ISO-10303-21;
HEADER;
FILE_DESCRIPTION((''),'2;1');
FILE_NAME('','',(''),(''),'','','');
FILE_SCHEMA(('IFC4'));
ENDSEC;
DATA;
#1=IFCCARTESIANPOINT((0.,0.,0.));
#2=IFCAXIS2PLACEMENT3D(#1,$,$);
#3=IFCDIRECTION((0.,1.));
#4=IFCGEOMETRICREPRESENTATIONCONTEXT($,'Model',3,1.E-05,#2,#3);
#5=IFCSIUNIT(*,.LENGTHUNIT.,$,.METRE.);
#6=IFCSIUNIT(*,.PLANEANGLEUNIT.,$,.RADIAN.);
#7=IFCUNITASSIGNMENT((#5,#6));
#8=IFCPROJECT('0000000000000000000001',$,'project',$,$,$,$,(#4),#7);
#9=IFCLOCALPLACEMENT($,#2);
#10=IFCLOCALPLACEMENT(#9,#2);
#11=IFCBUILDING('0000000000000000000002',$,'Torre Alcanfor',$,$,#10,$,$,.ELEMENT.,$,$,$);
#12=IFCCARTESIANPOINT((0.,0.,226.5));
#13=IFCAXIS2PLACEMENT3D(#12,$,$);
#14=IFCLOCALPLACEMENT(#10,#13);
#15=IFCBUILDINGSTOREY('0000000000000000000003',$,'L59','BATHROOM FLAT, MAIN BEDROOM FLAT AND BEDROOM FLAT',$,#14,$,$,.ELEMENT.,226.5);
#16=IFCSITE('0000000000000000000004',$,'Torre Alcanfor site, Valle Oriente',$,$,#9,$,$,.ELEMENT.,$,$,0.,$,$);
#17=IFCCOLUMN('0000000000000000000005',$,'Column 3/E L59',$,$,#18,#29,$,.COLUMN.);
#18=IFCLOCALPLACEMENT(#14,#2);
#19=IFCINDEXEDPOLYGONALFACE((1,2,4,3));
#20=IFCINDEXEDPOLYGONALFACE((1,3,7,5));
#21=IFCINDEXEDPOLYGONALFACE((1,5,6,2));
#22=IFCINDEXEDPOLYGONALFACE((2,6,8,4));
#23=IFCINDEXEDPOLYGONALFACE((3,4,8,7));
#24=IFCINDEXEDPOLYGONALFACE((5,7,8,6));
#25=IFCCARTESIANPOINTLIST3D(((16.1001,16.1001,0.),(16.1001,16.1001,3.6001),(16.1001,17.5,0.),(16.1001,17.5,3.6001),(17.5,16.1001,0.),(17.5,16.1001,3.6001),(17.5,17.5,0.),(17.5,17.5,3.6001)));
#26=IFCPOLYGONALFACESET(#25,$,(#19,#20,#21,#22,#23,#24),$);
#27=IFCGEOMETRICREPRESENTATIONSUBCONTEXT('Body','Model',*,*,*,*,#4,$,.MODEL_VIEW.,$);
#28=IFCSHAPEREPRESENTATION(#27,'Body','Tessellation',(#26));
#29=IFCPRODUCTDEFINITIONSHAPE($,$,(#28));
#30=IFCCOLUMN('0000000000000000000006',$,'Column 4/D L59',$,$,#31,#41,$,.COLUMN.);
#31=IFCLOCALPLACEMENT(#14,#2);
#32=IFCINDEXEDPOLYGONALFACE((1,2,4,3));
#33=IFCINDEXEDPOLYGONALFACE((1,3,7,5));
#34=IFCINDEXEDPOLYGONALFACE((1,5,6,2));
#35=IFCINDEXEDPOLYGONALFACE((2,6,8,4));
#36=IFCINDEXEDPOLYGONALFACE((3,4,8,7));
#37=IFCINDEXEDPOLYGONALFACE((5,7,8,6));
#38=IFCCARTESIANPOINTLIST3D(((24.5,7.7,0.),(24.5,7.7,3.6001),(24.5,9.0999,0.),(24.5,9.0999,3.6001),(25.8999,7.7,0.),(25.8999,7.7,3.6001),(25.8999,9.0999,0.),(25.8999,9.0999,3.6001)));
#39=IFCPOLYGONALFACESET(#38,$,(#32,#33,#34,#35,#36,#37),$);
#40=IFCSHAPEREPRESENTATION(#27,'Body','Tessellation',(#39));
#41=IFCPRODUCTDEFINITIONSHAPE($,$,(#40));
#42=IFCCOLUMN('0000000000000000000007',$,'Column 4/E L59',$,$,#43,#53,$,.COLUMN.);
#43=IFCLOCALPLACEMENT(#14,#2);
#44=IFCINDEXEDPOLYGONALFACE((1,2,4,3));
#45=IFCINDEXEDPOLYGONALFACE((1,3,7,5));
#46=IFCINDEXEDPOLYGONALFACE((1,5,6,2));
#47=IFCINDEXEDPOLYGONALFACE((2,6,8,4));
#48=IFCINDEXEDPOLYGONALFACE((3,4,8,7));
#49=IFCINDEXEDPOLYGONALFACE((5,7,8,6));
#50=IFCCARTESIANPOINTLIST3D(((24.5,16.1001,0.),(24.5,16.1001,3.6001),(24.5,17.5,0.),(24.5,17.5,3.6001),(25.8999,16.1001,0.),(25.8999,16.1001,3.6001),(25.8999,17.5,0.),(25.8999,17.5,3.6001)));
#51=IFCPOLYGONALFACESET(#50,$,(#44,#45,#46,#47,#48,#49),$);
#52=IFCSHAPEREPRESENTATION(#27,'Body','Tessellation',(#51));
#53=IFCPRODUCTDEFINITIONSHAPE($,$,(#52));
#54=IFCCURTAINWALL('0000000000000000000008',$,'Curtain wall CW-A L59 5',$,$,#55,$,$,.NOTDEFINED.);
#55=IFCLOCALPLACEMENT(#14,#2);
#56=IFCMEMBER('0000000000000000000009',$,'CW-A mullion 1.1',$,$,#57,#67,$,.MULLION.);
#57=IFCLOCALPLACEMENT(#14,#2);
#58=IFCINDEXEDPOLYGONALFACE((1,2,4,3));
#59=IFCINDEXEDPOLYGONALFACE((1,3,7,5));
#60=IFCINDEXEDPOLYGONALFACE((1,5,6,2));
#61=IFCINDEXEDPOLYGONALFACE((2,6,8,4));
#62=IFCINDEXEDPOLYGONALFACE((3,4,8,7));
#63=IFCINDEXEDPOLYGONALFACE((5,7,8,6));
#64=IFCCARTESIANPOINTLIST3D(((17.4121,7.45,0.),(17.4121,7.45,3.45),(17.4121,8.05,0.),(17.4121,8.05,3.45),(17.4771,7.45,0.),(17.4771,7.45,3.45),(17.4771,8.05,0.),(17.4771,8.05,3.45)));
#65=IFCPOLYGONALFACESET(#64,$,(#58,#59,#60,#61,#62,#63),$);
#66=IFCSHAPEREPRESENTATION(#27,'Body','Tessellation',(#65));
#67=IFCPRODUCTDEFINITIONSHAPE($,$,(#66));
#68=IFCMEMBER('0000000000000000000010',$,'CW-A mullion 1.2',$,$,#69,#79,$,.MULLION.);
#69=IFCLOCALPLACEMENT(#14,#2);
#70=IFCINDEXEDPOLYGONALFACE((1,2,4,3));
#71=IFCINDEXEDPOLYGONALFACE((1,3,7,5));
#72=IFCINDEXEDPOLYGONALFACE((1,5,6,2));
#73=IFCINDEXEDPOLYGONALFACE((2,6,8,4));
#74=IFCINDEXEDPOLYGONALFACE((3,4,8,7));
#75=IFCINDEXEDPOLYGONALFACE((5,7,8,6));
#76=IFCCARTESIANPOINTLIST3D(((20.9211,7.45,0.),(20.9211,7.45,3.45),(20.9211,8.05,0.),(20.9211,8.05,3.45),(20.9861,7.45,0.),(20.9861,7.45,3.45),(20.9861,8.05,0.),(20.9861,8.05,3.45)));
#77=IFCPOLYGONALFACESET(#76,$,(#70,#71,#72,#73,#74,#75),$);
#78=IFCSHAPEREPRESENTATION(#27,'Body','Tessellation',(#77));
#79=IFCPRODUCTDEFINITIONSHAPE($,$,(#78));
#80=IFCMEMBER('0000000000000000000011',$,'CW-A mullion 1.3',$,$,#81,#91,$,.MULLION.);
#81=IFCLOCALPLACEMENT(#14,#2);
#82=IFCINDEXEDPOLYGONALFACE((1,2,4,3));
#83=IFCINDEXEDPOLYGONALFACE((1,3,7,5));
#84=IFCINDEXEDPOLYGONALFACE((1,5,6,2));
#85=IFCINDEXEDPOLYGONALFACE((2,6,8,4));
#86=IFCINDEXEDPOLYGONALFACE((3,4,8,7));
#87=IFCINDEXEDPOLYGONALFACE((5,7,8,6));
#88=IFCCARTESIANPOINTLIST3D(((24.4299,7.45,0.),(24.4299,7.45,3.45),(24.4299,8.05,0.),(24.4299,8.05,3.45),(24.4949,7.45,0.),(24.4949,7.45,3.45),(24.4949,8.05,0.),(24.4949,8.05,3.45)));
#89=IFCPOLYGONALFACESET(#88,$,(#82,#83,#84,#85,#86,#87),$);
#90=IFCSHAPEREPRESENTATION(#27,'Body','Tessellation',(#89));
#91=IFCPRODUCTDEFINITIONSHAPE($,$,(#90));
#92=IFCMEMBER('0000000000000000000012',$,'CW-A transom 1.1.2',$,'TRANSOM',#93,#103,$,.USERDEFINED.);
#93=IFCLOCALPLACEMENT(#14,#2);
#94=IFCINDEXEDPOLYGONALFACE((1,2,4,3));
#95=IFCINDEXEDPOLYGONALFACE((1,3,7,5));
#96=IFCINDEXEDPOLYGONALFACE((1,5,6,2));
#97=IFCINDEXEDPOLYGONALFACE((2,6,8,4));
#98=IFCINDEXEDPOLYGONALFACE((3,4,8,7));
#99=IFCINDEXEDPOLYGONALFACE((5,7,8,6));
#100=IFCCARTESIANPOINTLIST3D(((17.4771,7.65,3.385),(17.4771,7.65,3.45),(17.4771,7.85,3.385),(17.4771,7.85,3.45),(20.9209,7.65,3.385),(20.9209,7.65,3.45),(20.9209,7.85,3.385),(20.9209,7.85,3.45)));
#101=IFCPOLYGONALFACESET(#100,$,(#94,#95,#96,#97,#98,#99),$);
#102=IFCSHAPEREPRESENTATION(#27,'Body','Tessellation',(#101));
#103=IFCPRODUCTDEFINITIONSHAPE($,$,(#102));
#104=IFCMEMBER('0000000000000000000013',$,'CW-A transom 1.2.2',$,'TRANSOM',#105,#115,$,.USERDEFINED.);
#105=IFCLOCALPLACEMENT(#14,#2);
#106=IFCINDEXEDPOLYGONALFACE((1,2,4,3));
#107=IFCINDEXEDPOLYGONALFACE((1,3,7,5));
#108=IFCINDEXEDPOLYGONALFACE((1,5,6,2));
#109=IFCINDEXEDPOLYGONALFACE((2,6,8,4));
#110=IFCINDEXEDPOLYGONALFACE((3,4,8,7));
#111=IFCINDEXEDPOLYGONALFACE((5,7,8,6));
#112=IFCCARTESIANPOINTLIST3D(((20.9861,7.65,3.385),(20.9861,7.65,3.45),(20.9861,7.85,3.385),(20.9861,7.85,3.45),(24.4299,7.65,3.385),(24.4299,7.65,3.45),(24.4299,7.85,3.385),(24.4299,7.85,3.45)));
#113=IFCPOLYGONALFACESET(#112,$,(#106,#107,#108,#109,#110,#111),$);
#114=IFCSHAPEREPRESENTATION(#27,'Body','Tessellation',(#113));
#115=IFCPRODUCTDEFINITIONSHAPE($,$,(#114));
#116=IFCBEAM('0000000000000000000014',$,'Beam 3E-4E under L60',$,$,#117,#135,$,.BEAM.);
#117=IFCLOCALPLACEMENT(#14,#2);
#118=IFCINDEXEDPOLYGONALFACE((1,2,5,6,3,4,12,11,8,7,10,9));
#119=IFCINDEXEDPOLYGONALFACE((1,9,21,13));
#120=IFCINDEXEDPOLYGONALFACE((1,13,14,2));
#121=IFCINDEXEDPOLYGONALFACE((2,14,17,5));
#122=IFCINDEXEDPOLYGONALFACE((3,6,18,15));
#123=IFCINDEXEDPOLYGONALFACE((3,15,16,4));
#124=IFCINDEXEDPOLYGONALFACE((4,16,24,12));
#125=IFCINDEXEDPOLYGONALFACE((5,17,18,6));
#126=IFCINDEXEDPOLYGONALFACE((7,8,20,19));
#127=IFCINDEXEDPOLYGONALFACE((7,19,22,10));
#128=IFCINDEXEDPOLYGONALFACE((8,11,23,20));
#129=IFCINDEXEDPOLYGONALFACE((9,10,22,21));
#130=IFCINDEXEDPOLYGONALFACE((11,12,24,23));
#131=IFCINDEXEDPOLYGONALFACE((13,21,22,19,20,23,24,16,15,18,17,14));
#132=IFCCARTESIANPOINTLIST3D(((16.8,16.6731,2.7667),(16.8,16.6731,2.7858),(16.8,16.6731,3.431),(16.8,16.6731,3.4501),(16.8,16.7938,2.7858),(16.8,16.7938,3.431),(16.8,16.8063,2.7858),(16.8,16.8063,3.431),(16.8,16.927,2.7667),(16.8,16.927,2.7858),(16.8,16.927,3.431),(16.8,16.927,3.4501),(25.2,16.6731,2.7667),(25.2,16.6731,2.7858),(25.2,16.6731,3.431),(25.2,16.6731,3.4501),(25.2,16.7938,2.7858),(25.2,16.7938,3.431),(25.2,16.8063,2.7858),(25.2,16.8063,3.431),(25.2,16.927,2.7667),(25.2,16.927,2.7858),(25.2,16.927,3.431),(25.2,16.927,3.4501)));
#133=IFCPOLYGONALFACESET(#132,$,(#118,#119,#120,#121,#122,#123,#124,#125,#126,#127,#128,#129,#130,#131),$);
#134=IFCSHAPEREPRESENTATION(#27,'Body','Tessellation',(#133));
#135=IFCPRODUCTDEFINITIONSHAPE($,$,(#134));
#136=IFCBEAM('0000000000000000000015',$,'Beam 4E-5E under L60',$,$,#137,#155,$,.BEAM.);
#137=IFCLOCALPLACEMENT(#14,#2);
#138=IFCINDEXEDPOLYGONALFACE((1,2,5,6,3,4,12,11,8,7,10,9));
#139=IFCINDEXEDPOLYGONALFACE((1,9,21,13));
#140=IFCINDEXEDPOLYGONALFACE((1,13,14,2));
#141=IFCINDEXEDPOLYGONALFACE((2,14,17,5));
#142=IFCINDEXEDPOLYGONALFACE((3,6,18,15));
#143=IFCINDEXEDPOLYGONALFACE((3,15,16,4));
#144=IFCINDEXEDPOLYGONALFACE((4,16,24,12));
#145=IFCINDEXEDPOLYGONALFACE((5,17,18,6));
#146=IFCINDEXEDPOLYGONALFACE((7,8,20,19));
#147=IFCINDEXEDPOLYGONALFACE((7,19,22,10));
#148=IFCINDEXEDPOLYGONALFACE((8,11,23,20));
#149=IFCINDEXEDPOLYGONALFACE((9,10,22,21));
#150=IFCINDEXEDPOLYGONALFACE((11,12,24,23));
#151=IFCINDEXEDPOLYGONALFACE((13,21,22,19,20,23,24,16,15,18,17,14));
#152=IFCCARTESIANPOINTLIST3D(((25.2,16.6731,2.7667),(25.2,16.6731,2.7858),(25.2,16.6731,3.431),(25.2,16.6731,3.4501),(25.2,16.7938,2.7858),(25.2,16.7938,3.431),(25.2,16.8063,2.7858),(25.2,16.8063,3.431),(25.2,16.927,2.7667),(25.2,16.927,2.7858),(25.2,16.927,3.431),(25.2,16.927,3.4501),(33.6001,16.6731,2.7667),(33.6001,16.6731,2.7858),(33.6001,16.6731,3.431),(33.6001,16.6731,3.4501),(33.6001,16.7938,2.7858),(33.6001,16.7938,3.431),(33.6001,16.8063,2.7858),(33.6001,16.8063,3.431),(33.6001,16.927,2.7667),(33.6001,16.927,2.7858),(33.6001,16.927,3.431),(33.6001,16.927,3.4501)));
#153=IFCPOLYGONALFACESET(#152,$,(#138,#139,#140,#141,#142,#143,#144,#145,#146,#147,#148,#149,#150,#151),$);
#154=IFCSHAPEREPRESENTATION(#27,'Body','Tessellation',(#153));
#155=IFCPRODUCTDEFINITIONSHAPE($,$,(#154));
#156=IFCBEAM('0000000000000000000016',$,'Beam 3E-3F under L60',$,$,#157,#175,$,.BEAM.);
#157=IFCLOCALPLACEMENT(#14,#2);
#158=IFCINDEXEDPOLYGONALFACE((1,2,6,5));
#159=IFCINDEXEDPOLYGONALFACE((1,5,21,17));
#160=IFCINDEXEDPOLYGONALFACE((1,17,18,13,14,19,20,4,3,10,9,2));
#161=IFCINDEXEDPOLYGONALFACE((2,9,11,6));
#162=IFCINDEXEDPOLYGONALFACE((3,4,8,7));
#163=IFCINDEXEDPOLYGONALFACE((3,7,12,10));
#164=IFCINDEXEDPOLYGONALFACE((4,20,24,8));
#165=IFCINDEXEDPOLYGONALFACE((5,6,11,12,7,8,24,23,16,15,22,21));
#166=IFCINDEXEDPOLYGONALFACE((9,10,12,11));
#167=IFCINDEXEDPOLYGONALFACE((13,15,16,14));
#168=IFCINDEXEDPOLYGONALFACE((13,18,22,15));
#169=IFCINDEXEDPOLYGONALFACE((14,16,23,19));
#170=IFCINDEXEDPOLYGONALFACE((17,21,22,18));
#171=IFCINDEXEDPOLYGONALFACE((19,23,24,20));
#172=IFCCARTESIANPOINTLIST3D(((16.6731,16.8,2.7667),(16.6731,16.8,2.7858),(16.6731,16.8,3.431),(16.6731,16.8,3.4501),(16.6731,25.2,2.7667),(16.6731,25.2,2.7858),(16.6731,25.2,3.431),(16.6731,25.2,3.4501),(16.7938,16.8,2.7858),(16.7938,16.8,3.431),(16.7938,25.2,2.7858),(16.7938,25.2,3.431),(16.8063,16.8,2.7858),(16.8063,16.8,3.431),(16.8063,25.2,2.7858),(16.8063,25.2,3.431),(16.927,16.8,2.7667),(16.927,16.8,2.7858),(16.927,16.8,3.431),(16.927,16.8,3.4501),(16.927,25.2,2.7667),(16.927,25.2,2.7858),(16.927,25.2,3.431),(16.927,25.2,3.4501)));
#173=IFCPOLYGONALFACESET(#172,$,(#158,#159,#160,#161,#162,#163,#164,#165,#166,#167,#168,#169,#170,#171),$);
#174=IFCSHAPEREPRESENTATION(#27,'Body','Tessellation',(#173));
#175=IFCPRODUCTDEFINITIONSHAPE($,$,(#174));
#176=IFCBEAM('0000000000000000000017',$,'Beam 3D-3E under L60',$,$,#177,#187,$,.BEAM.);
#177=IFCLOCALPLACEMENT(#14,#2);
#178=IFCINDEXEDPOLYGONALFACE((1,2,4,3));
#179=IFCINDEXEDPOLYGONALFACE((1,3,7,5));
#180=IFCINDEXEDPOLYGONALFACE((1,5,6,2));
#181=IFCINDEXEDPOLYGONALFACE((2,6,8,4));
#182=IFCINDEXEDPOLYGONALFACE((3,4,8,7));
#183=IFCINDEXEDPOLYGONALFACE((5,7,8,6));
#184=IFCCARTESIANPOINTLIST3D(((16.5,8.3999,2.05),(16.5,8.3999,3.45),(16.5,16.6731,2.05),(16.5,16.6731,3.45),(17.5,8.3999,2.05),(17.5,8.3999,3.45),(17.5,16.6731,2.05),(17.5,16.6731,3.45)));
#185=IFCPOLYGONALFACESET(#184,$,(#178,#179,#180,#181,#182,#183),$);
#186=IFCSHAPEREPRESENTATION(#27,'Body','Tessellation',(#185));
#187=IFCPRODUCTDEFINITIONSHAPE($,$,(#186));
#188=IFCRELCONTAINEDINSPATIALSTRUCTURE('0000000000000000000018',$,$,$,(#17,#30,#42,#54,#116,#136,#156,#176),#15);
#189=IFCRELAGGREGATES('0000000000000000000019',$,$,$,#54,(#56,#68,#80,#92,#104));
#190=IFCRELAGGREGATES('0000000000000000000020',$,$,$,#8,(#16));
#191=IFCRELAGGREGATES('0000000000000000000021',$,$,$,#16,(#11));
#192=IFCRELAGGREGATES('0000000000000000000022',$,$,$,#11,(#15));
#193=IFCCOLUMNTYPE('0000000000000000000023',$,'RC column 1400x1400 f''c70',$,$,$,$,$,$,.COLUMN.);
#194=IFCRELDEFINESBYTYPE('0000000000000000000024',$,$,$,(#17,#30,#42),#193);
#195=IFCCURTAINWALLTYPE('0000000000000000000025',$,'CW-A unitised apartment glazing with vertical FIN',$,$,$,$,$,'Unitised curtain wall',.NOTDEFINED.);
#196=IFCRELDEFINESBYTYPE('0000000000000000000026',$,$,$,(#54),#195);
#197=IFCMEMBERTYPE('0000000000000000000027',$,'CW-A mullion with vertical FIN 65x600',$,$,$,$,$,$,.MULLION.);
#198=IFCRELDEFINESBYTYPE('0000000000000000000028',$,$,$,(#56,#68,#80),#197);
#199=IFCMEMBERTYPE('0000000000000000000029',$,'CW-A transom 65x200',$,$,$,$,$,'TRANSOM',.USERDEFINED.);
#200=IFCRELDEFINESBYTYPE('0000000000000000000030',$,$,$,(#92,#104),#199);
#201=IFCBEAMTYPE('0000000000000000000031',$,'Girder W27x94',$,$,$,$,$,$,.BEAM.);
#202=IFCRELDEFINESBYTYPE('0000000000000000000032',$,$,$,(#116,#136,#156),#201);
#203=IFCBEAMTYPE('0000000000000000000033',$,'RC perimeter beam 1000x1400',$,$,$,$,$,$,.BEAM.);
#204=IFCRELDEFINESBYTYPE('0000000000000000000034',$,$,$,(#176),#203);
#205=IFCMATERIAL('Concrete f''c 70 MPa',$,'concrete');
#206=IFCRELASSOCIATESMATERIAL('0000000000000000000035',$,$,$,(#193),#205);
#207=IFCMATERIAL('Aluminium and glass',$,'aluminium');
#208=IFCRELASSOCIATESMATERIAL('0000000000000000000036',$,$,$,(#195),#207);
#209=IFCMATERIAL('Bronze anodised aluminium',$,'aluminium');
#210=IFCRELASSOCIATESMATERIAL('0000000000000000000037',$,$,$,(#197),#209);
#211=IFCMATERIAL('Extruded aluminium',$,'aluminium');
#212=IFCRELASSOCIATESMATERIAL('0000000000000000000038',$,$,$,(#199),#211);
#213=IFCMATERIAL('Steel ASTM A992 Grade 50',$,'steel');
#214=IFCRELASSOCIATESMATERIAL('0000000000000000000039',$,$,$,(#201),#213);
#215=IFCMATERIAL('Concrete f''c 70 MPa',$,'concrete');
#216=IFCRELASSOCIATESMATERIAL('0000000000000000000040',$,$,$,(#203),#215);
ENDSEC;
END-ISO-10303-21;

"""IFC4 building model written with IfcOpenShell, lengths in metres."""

from ifc_helpers import new_model, si_unit, direction, frame, origin, origin_2d, place, context, subcontext, project, spatial, rectangle, i_section, extrude, material, material_profile, profile_set, type_object, element, aggregate, save


model = new_model("IFC4")

# Units and contexts
model_context = context("Model", 3, precision=1e-05, world=origin(), true_north=direction((0.0, 1.0)))
body_context = subcontext(model_context, "Body", "Model", "MODEL_VIEW")
ifc_project = project(units=[si_unit("LENGTHUNIT", "METRE"), si_unit("PLANEANGLEUNIT", "RADIAN")], contexts=[model_context])

# Site, building, storey
site_placement = place(None, origin())
site = spatial("IfcSite", under=ifc_project, at=site_placement, Name="Torre Alcanfor site, Valle Oriente", CompositionType="ELEMENT", RefElevation=0.0)
building_placement = place(site_placement, origin())
building = spatial("IfcBuilding", under=site, at=building_placement, Name="Torre Alcanfor", CompositionType="ELEMENT")
storey_placement = place(building_placement, frame((0.0, 0.0, 226.5)))
storey = spatial("IfcBuildingStorey", under=building, at=storey_placement, Name="L59", Description="BATHROOM FLAT, MAIN BEDROOM FLAT AND BEDROOM FLAT", CompositionType="ELEMENT", Elevation=226.5)

# Columns
ifc_material_1 = material(Name="Concrete f'c 70 MPa", Category="concrete")
ifc_material_profile_1 = material_profile(ifc_material_1, rectangle(XDim=1.3999, YDim=1.3999, at=origin_2d()), Name="1400x1400")
ifc_profile_set_1 = profile_set([ifc_material_profile_1], Name="Concrete f'c 70 MPa")
column_type = type_object("IfcColumnType", Name="RC column 1400x1400 f'c70", PredefinedType="COLUMN", material=ifc_profile_set_1)
for number, where, z_axis, x_axis, name in (
    (1, (16.8, 16.8, 0.0), (0.0, 0.0, 1.0), (1.0, 0.0, 0.0), "Column 3/E L59"),
    (2, (25.2, 8.3999, 0.0), (0.0, 0.0, 1.0), (1.0, 0.0, 0.0), "Column 4/D L59"),
    (3, (25.2, 16.8, 0.0), (0.0, 0.0, 1.0), (1.0, 0.0, 0.0), "Column 4/E L59"),
):
    element("IfcColumn", number, at=place(storey_placement, frame(where, z_axis=z_axis, x_axis=x_axis)), inside=storey, type_object=column_type, Name=name, PredefinedType="COLUMN", context=body_context, shape_type="SweptSolid", body=[
        extrude(rectangle(XDim=1.3999, YDim=1.3999, at=origin_2d()), origin(), (0.0, 0.0, 1.0), 3.6001),
    ])

# Curtain wall, members
ifc_material_2 = material(Name="Aluminium and glass", Category="aluminium")
curtain_wall_type = type_object("IfcCurtainWallType", Name="CW-A unitised apartment glazing with vertical FIN", ElementType="Unitised curtain wall", PredefinedType="NOTDEFINED", material=ifc_material_2)
curtain_wall_placement = place(storey_placement, origin())
curtain_wall = element("IfcCurtainWall", 4, at=curtain_wall_placement, inside=storey, type_object=curtain_wall_type, Name="Curtain wall CW-A L59 5", PredefinedType="NOTDEFINED")
ifc_material_3 = material(Name="Bronze anodised aluminium", Category="aluminium")
ifc_material_profile_2 = material_profile(ifc_material_3, rectangle(XDim=0.6001, YDim=0.0649, at=origin_2d()), Name="CW-A mullion 65x600")
ifc_profile_set_2 = profile_set([ifc_material_profile_2], Name="Bronze anodised aluminium")
member_type_1 = type_object("IfcMemberType", Name="CW-A mullion with vertical FIN 65x600", PredefinedType="MULLION", material=ifc_profile_set_2)
member_1_placement = place(storey_placement, frame((17.4446, 7.75, 0.0), z_axis=(0.0, 0.0, 1.0), x_axis=(0.0, 1.0, 0.0)))
member_1 = element("IfcMember", 5, at=member_1_placement, type_object=member_type_1, Name="CW-A mullion 1.1", PredefinedType="MULLION", context=body_context, shape_type="SweptSolid", body=[
    extrude(rectangle(XDim=0.6001, YDim=0.0649, at=origin_2d()), origin(), (0.0, 0.0, 1.0), 3.45),
])
member_2_placement = place(storey_placement, frame((20.9536, 7.75, 0.0), z_axis=(0.0, 0.0, 1.0), x_axis=(0.0, 1.0, 0.0)))
member_2 = element("IfcMember", 6, at=member_2_placement, type_object=member_type_1, Name="CW-A mullion 1.2", PredefinedType="MULLION", context=body_context, shape_type="SweptSolid", body=[
    extrude(rectangle(XDim=0.6001, YDim=0.0649, at=origin_2d()), origin(), (0.0, 0.0, 1.0), 3.45),
])
member_3_placement = place(storey_placement, frame((24.4624, 7.75, 0.0), z_axis=(0.0, 0.0, 1.0), x_axis=(0.0, 1.0, 0.0)))
member_3 = element("IfcMember", 7, at=member_3_placement, type_object=member_type_1, Name="CW-A mullion 1.3", PredefinedType="MULLION", context=body_context, shape_type="SweptSolid", body=[
    extrude(rectangle(XDim=0.6001, YDim=0.0649, at=origin_2d()), origin(), (0.0, 0.0, 1.0), 3.45),
])
ifc_material_4 = material(Name="Extruded aluminium", Category="aluminium")
ifc_material_profile_3 = material_profile(ifc_material_4, rectangle(XDim=0.2, YDim=0.0649, at=origin_2d()), Name="CW-A transom 200x65")
ifc_profile_set_3 = profile_set([ifc_material_profile_3], Name="Extruded aluminium")
member_type_2 = type_object("IfcMemberType", Name="CW-A transom 65x200", ElementType="TRANSOM", PredefinedType="USERDEFINED", material=ifc_profile_set_3)
member_4_placement = place(storey_placement, frame((17.4771, 7.75, 3.4175), z_axis=(1.0, 0.0, 0.0), x_axis=(0.0, 1.0, 0.0)))
member_4 = element("IfcMember", 8, at=member_4_placement, type_object=member_type_2, Name="CW-A transom 1.1.2", ObjectType="TRANSOM", PredefinedType="USERDEFINED", context=body_context, shape_type="SweptSolid", body=[
    extrude(rectangle(XDim=0.2, YDim=0.0649, at=origin_2d()), origin(), (0.0, 0.0, 1.0), 3.4438),
])
member_5_placement = place(storey_placement, frame((20.9861, 7.75, 3.4175), z_axis=(1.0, 0.0, 0.0), x_axis=(0.0, 1.0, 0.0)))
member_5 = element("IfcMember", 9, at=member_5_placement, type_object=member_type_2, Name="CW-A transom 1.2.2", ObjectType="TRANSOM", PredefinedType="USERDEFINED", context=body_context, shape_type="SweptSolid", body=[
    extrude(rectangle(XDim=0.2, YDim=0.0649, at=origin_2d()), origin(), (0.0, 0.0, 1.0), 3.4438),
])

# Beams
ifc_material_5 = material(Name="Steel ASTM A992 Grade 50", Category="steel")
ifc_material_profile_4 = material_profile(ifc_material_5, i_section(OverallWidth=0.2539, OverallDepth=0.6833, WebThickness=0.0125, FlangeThickness=0.019, at=origin_2d()), Name="W27x94")
ifc_profile_set_4 = profile_set([ifc_material_profile_4], Name="Steel ASTM A992 Grade 50")
beam_type_1 = type_object("IfcBeamType", Name="Girder W27x94", PredefinedType="BEAM", material=ifc_profile_set_4)
beam_1_placement = place(storey_placement, frame((16.8, 16.8, 3.1084), z_axis=(1.0, 0.0, 0.0), x_axis=(0.0, 1.0, 0.0)))
element("IfcBeam", 10, at=beam_1_placement, inside=storey, type_object=beam_type_1, Name="Beam 3E-4E under L60", PredefinedType="BEAM", context=body_context, shape_type="SweptSolid", body=[
    extrude(i_section(OverallWidth=0.2539, OverallDepth=0.6833, WebThickness=0.0125, FlangeThickness=0.019, at=origin_2d()), origin(), (0.0, 0.0, 1.0), 8.3999),
])
beam_2_placement = place(storey_placement, frame((25.2, 16.8, 3.1084), z_axis=(1.0, 0.0, 0.0), x_axis=(0.0, 1.0, 0.0)))
element("IfcBeam", 11, at=beam_2_placement, inside=storey, type_object=beam_type_1, Name="Beam 4E-5E under L60", PredefinedType="BEAM", context=body_context, shape_type="SweptSolid", body=[
    extrude(i_section(OverallWidth=0.2539, OverallDepth=0.6833, WebThickness=0.0125, FlangeThickness=0.019, at=origin_2d()), origin(), (0.0, 0.0, 1.0), 8.4001),
])
beam_3_placement = place(storey_placement, frame((16.8, 16.8, 3.1084), z_axis=(0.0, 1.0, 0.0), x_axis=(-1.0, 0.0, 0.0)))
element("IfcBeam", 12, at=beam_3_placement, inside=storey, type_object=beam_type_1, Name="Beam 3E-3F under L60", PredefinedType="BEAM", context=body_context, shape_type="SweptSolid", body=[
    extrude(i_section(OverallWidth=0.2539, OverallDepth=0.6833, WebThickness=0.0125, FlangeThickness=0.019, at=origin_2d()), origin(), (0.0, 0.0, 1.0), 8.3999),
])
ifc_material_6 = material(Name="Concrete f'c 70 MPa", Category="concrete")
ifc_material_profile_5 = material_profile(ifc_material_6, rectangle(XDim=1.0, YDim=1.3999, at=origin_2d()), Name="1000x1400")
ifc_profile_set_5 = profile_set([ifc_material_profile_5], Name="Concrete f'c 70 MPa")
beam_type_2 = type_object("IfcBeamType", Name="RC perimeter beam 1000x1400", PredefinedType="BEAM", material=ifc_profile_set_5)
beam_4_placement = place(storey_placement, frame((17.0, 8.3999, 2.75), z_axis=(0.0, 1.0, 0.0), x_axis=(-1.0, 0.0, 0.0)))
element("IfcBeam", 13, at=beam_4_placement, inside=storey, type_object=beam_type_2, Name="Beam 3D-3E under L60", PredefinedType="BEAM", context=body_context, shape_type="SweptSolid", body=[
    extrude(rectangle(XDim=1.0, YDim=1.3999, at=origin_2d()), origin(), (0.0, 0.0, 1.0), 8.2732),
])

aggregate(curtain_wall, [member_1, member_2, member_3, member_4, member_5])

save(model, "model.ifc")
